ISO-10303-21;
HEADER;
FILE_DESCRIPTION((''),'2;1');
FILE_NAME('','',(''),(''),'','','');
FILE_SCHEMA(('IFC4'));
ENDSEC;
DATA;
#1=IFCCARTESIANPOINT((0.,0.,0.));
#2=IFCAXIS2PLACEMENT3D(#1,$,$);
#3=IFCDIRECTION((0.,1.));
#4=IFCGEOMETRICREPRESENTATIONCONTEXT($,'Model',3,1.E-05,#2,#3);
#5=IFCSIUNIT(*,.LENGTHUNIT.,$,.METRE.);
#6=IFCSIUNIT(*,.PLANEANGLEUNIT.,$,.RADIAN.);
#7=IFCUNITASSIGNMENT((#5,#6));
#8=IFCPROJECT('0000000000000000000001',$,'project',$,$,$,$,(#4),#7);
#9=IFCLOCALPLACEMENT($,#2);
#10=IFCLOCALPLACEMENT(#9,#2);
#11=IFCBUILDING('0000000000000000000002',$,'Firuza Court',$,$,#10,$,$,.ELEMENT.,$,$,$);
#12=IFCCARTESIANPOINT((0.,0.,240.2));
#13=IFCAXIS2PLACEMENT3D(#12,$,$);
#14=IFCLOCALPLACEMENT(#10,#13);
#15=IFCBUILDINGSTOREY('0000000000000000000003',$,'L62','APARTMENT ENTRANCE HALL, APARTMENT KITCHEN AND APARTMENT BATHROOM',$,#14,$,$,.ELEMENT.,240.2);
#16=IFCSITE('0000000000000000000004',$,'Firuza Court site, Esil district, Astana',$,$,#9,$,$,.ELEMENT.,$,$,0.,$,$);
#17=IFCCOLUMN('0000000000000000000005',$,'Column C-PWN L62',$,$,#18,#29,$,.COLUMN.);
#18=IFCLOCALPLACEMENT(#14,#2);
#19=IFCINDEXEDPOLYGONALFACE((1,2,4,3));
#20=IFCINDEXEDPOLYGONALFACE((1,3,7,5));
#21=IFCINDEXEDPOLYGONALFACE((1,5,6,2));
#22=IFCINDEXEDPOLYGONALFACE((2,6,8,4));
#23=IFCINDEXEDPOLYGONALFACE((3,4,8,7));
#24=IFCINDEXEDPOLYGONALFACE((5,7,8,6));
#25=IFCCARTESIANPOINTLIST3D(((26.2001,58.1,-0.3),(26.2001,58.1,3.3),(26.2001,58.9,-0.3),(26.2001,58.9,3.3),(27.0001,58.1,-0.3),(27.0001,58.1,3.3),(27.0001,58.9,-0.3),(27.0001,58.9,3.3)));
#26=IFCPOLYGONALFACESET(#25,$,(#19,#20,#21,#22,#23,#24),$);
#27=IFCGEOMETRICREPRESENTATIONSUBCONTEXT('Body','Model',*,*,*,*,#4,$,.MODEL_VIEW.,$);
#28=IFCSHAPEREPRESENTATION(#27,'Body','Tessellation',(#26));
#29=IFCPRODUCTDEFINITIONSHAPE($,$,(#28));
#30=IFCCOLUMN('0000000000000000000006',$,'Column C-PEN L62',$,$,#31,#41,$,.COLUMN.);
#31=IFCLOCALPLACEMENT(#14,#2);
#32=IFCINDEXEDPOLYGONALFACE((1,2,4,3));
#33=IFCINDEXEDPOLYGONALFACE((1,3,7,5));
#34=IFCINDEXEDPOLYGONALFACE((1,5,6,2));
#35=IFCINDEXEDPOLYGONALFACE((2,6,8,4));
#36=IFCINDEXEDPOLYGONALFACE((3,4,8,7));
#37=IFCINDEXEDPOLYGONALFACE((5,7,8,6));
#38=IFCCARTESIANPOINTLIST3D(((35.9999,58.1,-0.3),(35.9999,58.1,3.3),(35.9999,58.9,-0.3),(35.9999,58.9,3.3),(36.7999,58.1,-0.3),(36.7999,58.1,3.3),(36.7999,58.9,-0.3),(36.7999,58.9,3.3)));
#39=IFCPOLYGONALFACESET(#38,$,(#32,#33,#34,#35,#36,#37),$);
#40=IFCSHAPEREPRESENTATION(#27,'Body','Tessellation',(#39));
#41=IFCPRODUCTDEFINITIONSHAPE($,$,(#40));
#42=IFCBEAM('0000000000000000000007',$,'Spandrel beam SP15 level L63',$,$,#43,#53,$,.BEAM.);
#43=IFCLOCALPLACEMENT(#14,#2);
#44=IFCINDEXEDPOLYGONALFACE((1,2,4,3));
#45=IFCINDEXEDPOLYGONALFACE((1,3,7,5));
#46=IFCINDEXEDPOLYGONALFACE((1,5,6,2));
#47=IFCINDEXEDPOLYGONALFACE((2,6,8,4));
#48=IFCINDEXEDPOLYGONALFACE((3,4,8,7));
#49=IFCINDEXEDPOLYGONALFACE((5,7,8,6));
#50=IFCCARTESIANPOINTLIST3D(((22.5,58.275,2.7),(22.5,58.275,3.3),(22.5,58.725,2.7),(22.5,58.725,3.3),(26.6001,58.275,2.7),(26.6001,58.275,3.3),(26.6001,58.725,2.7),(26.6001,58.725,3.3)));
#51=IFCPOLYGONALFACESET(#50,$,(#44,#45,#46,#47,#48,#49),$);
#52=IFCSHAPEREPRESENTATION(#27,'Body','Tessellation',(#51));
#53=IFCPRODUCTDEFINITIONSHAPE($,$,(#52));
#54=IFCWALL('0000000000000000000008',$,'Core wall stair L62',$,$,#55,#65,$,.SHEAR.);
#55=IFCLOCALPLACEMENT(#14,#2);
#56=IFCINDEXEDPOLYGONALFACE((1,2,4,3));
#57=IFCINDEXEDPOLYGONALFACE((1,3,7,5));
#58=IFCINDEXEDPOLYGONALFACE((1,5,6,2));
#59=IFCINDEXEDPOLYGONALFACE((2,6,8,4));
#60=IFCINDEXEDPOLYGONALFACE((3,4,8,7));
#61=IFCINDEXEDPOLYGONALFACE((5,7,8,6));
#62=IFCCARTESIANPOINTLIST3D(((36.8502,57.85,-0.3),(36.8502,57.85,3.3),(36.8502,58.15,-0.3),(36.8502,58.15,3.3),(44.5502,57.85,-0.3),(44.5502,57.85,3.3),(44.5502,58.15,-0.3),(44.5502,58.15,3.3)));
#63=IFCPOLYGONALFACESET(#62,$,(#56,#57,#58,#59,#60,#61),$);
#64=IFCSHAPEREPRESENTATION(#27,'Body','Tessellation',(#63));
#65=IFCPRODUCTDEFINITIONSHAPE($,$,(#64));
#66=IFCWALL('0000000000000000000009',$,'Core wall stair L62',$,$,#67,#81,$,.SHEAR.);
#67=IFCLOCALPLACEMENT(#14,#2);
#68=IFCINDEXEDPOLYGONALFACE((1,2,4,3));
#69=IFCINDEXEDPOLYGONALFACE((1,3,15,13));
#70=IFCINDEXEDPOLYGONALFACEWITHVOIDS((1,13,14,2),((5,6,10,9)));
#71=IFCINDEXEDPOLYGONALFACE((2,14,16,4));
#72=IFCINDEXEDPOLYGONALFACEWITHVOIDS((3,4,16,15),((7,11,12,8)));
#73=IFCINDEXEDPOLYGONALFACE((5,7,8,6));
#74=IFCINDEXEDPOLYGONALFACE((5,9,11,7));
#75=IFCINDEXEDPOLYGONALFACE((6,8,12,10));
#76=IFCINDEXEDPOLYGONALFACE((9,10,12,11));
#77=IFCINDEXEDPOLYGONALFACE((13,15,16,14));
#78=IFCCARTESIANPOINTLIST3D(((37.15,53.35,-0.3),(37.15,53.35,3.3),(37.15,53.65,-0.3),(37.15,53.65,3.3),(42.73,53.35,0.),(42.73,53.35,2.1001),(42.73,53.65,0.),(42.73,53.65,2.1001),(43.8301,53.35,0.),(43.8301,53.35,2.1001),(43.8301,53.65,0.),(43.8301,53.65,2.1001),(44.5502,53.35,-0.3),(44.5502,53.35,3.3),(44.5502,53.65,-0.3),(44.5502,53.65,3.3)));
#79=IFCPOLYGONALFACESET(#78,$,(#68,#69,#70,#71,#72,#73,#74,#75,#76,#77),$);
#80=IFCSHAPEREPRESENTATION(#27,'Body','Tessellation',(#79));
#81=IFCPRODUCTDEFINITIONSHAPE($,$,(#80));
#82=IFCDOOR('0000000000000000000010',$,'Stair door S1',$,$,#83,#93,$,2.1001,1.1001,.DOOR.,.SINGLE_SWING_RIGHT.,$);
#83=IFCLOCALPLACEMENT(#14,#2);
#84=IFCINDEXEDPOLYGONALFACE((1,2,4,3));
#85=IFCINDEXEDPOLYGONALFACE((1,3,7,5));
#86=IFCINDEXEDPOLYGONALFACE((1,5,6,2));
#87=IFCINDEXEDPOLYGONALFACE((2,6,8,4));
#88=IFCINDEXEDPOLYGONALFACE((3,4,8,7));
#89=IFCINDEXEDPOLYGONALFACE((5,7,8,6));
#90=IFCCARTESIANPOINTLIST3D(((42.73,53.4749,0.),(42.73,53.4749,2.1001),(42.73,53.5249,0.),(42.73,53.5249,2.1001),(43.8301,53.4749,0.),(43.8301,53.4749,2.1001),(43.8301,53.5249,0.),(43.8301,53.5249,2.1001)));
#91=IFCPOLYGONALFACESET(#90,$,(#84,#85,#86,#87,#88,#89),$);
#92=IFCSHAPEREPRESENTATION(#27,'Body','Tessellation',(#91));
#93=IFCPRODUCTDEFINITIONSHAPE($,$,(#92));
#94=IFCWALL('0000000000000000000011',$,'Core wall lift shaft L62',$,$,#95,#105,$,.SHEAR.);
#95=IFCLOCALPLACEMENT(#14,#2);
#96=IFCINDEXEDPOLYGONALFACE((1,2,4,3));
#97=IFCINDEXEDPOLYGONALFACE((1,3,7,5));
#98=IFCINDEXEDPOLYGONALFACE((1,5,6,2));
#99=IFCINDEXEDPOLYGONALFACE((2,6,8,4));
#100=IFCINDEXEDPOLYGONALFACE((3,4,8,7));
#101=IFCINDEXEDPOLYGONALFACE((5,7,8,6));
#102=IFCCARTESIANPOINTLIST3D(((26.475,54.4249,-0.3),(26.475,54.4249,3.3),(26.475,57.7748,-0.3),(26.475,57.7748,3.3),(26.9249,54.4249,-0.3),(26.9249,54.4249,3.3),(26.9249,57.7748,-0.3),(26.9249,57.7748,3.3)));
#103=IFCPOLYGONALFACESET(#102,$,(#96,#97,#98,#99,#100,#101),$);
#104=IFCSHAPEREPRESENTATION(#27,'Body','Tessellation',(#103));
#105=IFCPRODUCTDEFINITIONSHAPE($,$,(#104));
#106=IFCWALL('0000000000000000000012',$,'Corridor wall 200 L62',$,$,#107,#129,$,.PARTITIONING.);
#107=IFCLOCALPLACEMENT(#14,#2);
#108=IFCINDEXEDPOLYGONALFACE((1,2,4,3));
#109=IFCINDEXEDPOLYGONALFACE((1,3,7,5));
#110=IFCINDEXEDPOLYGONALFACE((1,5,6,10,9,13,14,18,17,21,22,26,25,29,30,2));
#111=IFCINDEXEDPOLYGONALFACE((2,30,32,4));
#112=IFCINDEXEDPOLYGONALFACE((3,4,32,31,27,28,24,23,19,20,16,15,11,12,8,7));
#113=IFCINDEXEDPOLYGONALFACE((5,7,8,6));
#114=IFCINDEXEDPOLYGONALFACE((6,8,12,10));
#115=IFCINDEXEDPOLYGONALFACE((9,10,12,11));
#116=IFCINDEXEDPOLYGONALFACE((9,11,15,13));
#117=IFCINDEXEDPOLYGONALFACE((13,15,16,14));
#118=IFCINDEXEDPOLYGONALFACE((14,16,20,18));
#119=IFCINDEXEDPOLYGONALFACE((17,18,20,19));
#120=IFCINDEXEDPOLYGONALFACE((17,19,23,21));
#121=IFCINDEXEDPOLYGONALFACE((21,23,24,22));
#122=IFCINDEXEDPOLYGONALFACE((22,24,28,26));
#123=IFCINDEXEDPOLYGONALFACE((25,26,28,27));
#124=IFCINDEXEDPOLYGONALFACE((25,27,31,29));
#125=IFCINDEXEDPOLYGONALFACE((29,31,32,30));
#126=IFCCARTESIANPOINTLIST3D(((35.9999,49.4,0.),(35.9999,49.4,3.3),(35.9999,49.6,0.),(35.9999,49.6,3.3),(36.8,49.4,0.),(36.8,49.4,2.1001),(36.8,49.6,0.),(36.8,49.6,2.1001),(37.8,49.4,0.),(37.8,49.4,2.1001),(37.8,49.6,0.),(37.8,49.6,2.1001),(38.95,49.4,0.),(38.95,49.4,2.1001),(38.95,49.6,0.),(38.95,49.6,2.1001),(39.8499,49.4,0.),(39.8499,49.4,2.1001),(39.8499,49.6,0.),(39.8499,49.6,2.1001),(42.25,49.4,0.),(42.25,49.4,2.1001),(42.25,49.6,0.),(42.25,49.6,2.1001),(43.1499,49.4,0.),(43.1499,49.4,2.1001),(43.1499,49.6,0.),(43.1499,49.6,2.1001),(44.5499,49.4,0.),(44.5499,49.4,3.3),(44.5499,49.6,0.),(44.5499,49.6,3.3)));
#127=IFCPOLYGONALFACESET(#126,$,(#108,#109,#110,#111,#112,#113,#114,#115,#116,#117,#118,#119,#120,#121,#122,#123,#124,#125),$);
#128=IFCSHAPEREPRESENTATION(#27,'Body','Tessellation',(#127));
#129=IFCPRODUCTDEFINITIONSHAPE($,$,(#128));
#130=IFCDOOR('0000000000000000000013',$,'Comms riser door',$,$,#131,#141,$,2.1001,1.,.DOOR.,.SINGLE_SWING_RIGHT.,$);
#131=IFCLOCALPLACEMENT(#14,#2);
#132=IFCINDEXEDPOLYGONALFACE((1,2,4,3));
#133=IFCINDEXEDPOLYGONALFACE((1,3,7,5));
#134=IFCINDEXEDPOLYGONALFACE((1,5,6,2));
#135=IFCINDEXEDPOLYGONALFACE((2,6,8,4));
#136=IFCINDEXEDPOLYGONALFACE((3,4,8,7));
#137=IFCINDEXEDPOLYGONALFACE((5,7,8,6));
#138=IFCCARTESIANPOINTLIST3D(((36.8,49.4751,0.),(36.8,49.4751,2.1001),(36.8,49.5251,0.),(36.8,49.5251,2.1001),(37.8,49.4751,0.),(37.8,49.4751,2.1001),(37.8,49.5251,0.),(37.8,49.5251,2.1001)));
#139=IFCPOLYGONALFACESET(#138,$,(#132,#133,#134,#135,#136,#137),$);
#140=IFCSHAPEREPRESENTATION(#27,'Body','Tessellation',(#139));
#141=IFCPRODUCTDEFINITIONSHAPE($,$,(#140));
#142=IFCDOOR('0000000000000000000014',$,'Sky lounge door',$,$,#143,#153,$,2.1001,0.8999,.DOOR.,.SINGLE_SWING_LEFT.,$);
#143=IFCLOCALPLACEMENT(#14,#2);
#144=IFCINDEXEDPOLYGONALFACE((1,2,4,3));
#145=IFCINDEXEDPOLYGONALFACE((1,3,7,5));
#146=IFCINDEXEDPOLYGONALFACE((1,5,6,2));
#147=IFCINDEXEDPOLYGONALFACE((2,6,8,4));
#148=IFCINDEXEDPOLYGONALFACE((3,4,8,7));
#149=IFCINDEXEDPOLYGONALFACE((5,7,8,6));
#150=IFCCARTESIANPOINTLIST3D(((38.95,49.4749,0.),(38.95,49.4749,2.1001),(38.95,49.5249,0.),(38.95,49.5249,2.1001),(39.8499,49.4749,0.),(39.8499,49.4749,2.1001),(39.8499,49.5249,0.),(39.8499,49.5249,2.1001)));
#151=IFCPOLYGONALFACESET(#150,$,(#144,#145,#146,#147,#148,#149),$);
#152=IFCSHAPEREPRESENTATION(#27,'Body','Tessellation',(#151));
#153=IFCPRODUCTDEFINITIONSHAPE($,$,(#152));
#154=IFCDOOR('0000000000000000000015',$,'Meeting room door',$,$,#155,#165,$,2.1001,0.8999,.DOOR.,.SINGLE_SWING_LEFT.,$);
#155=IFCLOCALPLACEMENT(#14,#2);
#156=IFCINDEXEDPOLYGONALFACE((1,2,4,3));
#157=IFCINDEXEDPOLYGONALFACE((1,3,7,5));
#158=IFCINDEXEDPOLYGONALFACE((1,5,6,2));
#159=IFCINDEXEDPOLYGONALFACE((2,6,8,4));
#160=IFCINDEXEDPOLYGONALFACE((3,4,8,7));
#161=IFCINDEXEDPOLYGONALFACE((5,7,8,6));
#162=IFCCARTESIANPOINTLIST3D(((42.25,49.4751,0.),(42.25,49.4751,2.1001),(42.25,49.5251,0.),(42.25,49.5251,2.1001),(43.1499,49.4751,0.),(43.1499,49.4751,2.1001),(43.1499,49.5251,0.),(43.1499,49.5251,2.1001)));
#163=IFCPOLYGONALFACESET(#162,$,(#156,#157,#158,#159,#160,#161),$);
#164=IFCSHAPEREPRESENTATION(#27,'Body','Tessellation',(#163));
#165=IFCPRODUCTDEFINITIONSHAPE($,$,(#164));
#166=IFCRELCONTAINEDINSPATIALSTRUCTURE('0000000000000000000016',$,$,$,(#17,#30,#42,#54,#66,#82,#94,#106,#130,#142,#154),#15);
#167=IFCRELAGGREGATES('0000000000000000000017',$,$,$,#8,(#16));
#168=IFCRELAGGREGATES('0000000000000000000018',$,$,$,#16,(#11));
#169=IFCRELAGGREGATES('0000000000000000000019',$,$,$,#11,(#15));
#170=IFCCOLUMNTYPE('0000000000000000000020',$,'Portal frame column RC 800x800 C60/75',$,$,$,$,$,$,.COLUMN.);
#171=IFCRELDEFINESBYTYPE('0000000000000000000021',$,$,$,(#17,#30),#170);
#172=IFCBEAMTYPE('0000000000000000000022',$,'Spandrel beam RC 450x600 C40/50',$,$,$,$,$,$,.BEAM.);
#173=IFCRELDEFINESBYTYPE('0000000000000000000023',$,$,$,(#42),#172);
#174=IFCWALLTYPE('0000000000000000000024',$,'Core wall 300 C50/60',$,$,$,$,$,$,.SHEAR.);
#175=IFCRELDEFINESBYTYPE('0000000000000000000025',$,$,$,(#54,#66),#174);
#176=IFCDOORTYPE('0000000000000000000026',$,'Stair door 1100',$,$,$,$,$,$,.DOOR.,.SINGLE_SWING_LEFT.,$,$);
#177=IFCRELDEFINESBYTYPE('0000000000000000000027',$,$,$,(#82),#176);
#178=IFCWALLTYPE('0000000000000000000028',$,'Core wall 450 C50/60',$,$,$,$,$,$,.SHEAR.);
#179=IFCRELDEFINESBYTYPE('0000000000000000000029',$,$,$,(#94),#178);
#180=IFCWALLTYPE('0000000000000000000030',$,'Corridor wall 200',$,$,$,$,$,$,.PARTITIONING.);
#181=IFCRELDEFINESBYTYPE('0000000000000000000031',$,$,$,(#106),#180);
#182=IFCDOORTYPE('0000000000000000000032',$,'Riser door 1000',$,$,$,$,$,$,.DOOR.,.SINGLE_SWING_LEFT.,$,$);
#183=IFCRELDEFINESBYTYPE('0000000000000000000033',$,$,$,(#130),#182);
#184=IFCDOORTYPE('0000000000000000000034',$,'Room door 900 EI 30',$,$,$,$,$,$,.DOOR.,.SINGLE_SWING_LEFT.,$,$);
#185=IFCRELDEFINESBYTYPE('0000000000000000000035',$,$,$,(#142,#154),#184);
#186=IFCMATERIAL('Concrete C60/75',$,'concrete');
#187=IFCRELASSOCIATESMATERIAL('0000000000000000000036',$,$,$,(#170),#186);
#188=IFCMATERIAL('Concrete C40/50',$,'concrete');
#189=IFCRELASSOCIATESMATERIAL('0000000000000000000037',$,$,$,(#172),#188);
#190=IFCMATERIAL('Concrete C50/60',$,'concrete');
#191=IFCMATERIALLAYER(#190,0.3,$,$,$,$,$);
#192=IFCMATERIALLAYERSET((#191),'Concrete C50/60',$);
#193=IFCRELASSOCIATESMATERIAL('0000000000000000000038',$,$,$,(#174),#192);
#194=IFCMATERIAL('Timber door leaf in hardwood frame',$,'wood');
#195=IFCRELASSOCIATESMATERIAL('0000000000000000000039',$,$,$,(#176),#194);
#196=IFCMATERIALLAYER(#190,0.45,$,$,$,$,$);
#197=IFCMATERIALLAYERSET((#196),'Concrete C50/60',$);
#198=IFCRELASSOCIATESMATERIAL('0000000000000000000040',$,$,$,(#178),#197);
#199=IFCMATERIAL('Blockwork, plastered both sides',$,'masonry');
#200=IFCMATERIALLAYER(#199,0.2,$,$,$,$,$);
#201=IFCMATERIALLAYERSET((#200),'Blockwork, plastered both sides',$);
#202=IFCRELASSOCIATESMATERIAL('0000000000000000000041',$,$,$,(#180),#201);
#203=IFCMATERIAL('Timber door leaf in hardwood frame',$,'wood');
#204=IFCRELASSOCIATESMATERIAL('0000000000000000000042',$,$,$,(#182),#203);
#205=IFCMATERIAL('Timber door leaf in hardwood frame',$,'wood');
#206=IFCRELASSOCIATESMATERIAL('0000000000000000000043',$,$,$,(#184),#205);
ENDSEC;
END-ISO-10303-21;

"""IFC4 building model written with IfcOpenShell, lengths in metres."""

from ifc_helpers import new_model, si_unit, direction, frame, frame_2d, origin, origin_2d, place, context, subcontext, project, spatial, rectangle, extrude, material, layer, layer_set, material_profile, profile_set, type_object, element, fill, save


model = new_model("IFC4")

# Units and contexts
model_context = context("Model", 3, precision=1e-05, world=origin(), true_north=direction((0.0, 1.0)))
body_context = subcontext(model_context, "Body", "Model", "MODEL_VIEW")
ifc_project = project(units=[si_unit("LENGTHUNIT", "METRE"), si_unit("PLANEANGLEUNIT", "RADIAN")], contexts=[model_context])

# Site, building, storey
site_placement = place(None, origin())
site = spatial("IfcSite", under=ifc_project, at=site_placement, Name="Firuza Court site, Esil district, Astana", CompositionType="ELEMENT", RefElevation=0.0)
building_placement = place(site_placement, origin())
building = spatial("IfcBuilding", under=site, at=building_placement, Name="Firuza Court", CompositionType="ELEMENT")
storey_placement = place(building_placement, frame((0.0, 0.0, 240.2)))
storey = spatial("IfcBuildingStorey", under=building, at=storey_placement, Name="L62", Description="APARTMENT ENTRANCE HALL, APARTMENT KITCHEN AND APARTMENT BATHROOM", CompositionType="ELEMENT", Elevation=240.2)

# Columns
ifc_material_1 = material(Name="Concrete C60/75", Category="concrete")
ifc_material_profile_1 = material_profile(ifc_material_1, rectangle(XDim=0.8, YDim=0.8, at=origin_2d()), Name="RC 800x800")
ifc_profile_set_1 = profile_set([ifc_material_profile_1], Name="Concrete C60/75")
column_type = type_object("IfcColumnType", Name="Portal frame column RC 800x800 C60/75", PredefinedType="COLUMN", material=ifc_profile_set_1)
for number, where, z_axis, x_axis, name in (
    (1, (26.6001, 58.5, -0.3), (0.0, 0.0, 1.0), (1.0, 0.0, 0.0), "Column C-PWN L62"),
    (2, (36.3999, 58.5, -0.3), (0.0, 0.0, 1.0), (1.0, 0.0, 0.0), "Column C-PEN L62"),
):
    element("IfcColumn", number, at=place(storey_placement, frame(where, z_axis=z_axis, x_axis=x_axis)), inside=storey, type_object=column_type, Name=name, PredefinedType="COLUMN", context=body_context, shape_type="SweptSolid", body=[
        extrude(rectangle(XDim=0.8, YDim=0.8, at=origin_2d()), origin(), (0.0, 0.0, 1.0), 3.6001),
    ])

# Beam
ifc_material_2 = material(Name="Concrete C40/50", Category="concrete")
ifc_material_profile_2 = material_profile(ifc_material_2, rectangle(XDim=0.45, YDim=0.6001, at=origin_2d()), Name="RC 450x600")
ifc_profile_set_2 = profile_set([ifc_material_profile_2], Name="Concrete C40/50")
beam_type = type_object("IfcBeamType", Name="Spandrel beam RC 450x600 C40/50", PredefinedType="BEAM", material=ifc_profile_set_2)
beam_placement = place(storey_placement, frame((26.6001, 58.5, 3.0), z_axis=(-1.0, 0.0, 0.0), x_axis=(0.0, -1.0, 0.0)))
element("IfcBeam", 3, at=beam_placement, inside=storey, type_object=beam_type, Name="Spandrel beam SP15 level L63", PredefinedType="BEAM", context=body_context, shape_type="SweptSolid", body=[
    extrude(rectangle(XDim=0.45, YDim=0.6001, at=origin_2d()), origin(), (0.0, 0.0, 1.0), 4.1001),
])

# Wall
ifc_material_3 = material(Name="Concrete C50/60", Category="concrete")
ifc_layer_1 = layer(ifc_material_3, 0.3)
ifc_layer_set_1 = layer_set([ifc_layer_1], Name="Concrete C50/60")
wall_type_1 = type_object("IfcWallType", Name="Core wall 300 C50/60", PredefinedType="SHEAR", material=ifc_layer_set_1)
wall_1_placement = place(storey_placement, frame((36.8501, 58.0, -0.3), z_axis=(0.0, 0.0, 1.0), x_axis=(1.0, 0.0, 0.0)))
element("IfcWall", 4, at=wall_1_placement, inside=storey, type_object=wall_type_1, Name="Core wall stair L62", PredefinedType="SHEAR", context=body_context, shape_type="SweptSolid", body=[
    extrude(rectangle(XDim=7.7, YDim=0.3, at=frame_2d((3.8501, 0.0))), origin(), (0.0, 0.0, 1.0), 3.6001),
])

# Wall, opening, door
wall_2_placement = place(storey_placement, frame((37.1499, 53.5, -0.3), z_axis=(0.0, 0.0, 1.0), x_axis=(1.0, 0.0, 0.0)))
wall_2 = element("IfcWall", 5, at=wall_2_placement, inside=storey, type_object=wall_type_1, Name="Core wall stair L62", PredefinedType="SHEAR", context=body_context, shape_type="SweptSolid", body=[
    extrude(rectangle(XDim=7.4001, YDim=0.3, at=frame_2d((3.7002, 0.0))), origin(), (0.0, 0.0, 1.0), 3.6001),
])
opening_1_placement = place(wall_2_placement, frame((5.5801, 0.0, 0.3)))
opening_1 = element("IfcOpeningElement", 6, at=opening_1_placement, cuts=wall_2, PredefinedType="OPENING", context=body_context, shape_type="SweptSolid", body=[
    extrude(rectangle(XDim=1.1001, YDim=2.1001, at=frame_2d((0.55, 1.05))), frame((0.0, 0.1621, 0.0), z_axis=(0.0, -1.0, 0.0), x_axis=(1.0, 0.0, 0.0)), (0.0, 0.0, 1.0), 0.324),
])
ifc_material_4 = material(Name="Timber door leaf in hardwood frame", Category="wood")
door_type_1 = type_object("IfcDoorType", Name="Stair door 1100", OperationType="SINGLE_SWING_LEFT", PredefinedType="DOOR", material=ifc_material_4)
door_1_placement = place(opening_1_placement, origin())
door_1 = element("IfcDoor", 7, at=door_1_placement, inside=storey, type_object=door_type_1, Name="Stair door S1", OperationType="SINGLE_SWING_RIGHT", OverallHeight=2.1001, OverallWidth=1.1001, PredefinedType="DOOR", context=body_context, shape_type="SweptSolid", body=[
    extrude(rectangle(XDim=1.1001, YDim=2.1001, at=frame_2d((0.55, 1.05))), frame((0.0, 0.0249, 0.0), z_axis=(0.0, -1.0, 0.0), x_axis=(1.0, 0.0, 0.0)), (0.0, 0.0, 1.0), 0.05),
])
fill(opening_1, door_1)

# Wall
ifc_layer_2 = layer(ifc_material_3, 0.45)
ifc_layer_set_2 = layer_set([ifc_layer_2], Name="Concrete C50/60")
wall_type_2 = type_object("IfcWallType", Name="Core wall 450 C50/60", PredefinedType="SHEAR", material=ifc_layer_set_2)
wall_3_placement = place(storey_placement, frame((26.7, 54.425, -0.3), z_axis=(0.0, 0.0, 1.0), x_axis=(0.0, 1.0, 0.0)))
element("IfcWall", 8, at=wall_3_placement, inside=storey, type_object=wall_type_2, Name="Core wall lift shaft L62", PredefinedType="SHEAR", context=body_context, shape_type="SweptSolid", body=[
    extrude(rectangle(XDim=3.3499, YDim=0.45, at=frame_2d((1.6748, 0.0))), origin(), (0.0, 0.0, 1.0), 3.6001),
])

# Wall, openings, doors
ifc_material_5 = material(Name="Blockwork, plastered both sides", Category="masonry")
ifc_layer_3 = layer(ifc_material_5, 0.2)
ifc_layer_set_3 = layer_set([ifc_layer_3], Name="Blockwork, plastered both sides")
wall_type_3 = type_object("IfcWallType", Name="Corridor wall 200", PredefinedType="PARTITIONING", material=ifc_layer_set_3)
wall_4_placement = place(storey_placement, frame((36.0, 49.5, 0.0), z_axis=(0.0, 0.0, 1.0), x_axis=(1.0, 0.0, 0.0)))
wall_4 = element("IfcWall", 9, at=wall_4_placement, inside=storey, type_object=wall_type_3, Name="Corridor wall 200 L62", PredefinedType="PARTITIONING", context=body_context, shape_type="SweptSolid", body=[
    extrude(rectangle(XDim=8.55, YDim=0.2, at=frame_2d((4.2749, 0.0))), origin(), (0.0, 0.0, 1.0), 3.3),
])
opening_2_placement = place(wall_4_placement, frame((2.95, 0.0, 0.0)))
opening_2 = element("IfcOpeningElement", 10, at=opening_2_placement, cuts=wall_4, PredefinedType="OPENING", context=body_context, shape_type="SweptSolid", body=[
    extrude(rectangle(XDim=0.8999, YDim=2.1001, at=frame_2d((0.45, 1.05))), frame((0.0, 0.1118, 0.0), z_axis=(0.0, -1.0, 0.0), x_axis=(1.0, 0.0, 0.0)), (0.0, 0.0, 1.0), 0.2239),
])
opening_3_placement = place(wall_4_placement, frame((6.25, 0.0, 0.0)))
opening_3 = element("IfcOpeningElement", 11, at=opening_3_placement, cuts=wall_4, PredefinedType="OPENING", context=body_context, shape_type="SweptSolid", body=[
    extrude(rectangle(XDim=0.8999, YDim=2.1001, at=frame_2d((0.45, 1.05))), frame((0.0, 0.1118, 0.0), z_axis=(0.0, -1.0, 0.0), x_axis=(1.0, 0.0, 0.0)), (0.0, 0.0, 1.0), 0.2239),
])
opening_4_placement = place(wall_4_placement, frame((0.8, 0.0, 0.0)))
opening_4 = element("IfcOpeningElement", 12, at=opening_4_placement, cuts=wall_4, PredefinedType="OPENING", context=body_context, shape_type="SweptSolid", body=[
    extrude(rectangle(XDim=1.0, YDim=2.1001, at=frame_2d((0.5, 1.05))), frame((0.0, 0.1118, 0.0), z_axis=(0.0, -1.0, 0.0), x_axis=(1.0, 0.0, 0.0)), (0.0, 0.0, 1.0), 0.2239),
])
ifc_material_6 = material(Name="Timber door leaf in hardwood frame", Category="wood")
door_type_2 = type_object("IfcDoorType", Name="Riser door 1000", OperationType="SINGLE_SWING_LEFT", PredefinedType="DOOR", material=ifc_material_6)
door_2_placement = place(opening_4_placement, frame((1.0, 0.0, 0.0), z_axis=(0.0, 0.0, 1.0), x_axis=(-1.0, 0.0, 0.0)))
door_2 = element("IfcDoor", 13, at=door_2_placement, inside=storey, type_object=door_type_2, Name="Comms riser door", OperationType="SINGLE_SWING_RIGHT", OverallHeight=2.1001, OverallWidth=1.0, PredefinedType="DOOR", context=body_context, shape_type="SweptSolid", body=[
    extrude(rectangle(XDim=1.0, YDim=2.1001, at=frame_2d((0.5, 1.05))), frame((0.0, 0.0249, 0.0), z_axis=(0.0, -1.0, 0.0), x_axis=(1.0, 0.0, 0.0)), (0.0, 0.0, 1.0), 0.05),
])
fill(opening_4, door_2)
ifc_material_7 = material(Name="Timber door leaf in hardwood frame", Category="wood")
door_type_3 = type_object("IfcDoorType", Name="Room door 900 EI 30", OperationType="SINGLE_SWING_LEFT", PredefinedType="DOOR", material=ifc_material_7)
door_3_placement = place(opening_2_placement, origin())
door_3 = element("IfcDoor", 14, at=door_3_placement, inside=storey, type_object=door_type_3, Name="Sky lounge door", OperationType="SINGLE_SWING_LEFT", OverallHeight=2.1001, OverallWidth=0.8999, PredefinedType="DOOR", context=body_context, shape_type="SweptSolid", body=[
    extrude(rectangle(XDim=0.8999, YDim=2.1001, at=frame_2d((0.45, 1.05))), frame((0.0, 0.0249, 0.0), z_axis=(0.0, -1.0, 0.0), x_axis=(1.0, 0.0, 0.0)), (0.0, 0.0, 1.0), 0.05),
])
fill(opening_2, door_3)
door_4_placement = place(opening_3_placement, frame((0.8999, 0.0, 0.0), z_axis=(0.0, 0.0, 1.0), x_axis=(-1.0, 0.0, 0.0)))
door_4 = element("IfcDoor", 15, at=door_4_placement, inside=storey, type_object=door_type_3, Name="Meeting room door", OperationType="SINGLE_SWING_LEFT", OverallHeight=2.1001, OverallWidth=0.8999, PredefinedType="DOOR", context=body_context, shape_type="SweptSolid", body=[
    extrude(rectangle(XDim=0.8999, YDim=2.1001, at=frame_2d((0.45, 1.05))), frame((0.0, 0.0249, 0.0), z_axis=(0.0, -1.0, 0.0), x_axis=(1.0, 0.0, 0.0)), (0.0, 0.0, 1.0), 0.05),
])
fill(opening_3, door_4)

save(model, "model.ifc")
